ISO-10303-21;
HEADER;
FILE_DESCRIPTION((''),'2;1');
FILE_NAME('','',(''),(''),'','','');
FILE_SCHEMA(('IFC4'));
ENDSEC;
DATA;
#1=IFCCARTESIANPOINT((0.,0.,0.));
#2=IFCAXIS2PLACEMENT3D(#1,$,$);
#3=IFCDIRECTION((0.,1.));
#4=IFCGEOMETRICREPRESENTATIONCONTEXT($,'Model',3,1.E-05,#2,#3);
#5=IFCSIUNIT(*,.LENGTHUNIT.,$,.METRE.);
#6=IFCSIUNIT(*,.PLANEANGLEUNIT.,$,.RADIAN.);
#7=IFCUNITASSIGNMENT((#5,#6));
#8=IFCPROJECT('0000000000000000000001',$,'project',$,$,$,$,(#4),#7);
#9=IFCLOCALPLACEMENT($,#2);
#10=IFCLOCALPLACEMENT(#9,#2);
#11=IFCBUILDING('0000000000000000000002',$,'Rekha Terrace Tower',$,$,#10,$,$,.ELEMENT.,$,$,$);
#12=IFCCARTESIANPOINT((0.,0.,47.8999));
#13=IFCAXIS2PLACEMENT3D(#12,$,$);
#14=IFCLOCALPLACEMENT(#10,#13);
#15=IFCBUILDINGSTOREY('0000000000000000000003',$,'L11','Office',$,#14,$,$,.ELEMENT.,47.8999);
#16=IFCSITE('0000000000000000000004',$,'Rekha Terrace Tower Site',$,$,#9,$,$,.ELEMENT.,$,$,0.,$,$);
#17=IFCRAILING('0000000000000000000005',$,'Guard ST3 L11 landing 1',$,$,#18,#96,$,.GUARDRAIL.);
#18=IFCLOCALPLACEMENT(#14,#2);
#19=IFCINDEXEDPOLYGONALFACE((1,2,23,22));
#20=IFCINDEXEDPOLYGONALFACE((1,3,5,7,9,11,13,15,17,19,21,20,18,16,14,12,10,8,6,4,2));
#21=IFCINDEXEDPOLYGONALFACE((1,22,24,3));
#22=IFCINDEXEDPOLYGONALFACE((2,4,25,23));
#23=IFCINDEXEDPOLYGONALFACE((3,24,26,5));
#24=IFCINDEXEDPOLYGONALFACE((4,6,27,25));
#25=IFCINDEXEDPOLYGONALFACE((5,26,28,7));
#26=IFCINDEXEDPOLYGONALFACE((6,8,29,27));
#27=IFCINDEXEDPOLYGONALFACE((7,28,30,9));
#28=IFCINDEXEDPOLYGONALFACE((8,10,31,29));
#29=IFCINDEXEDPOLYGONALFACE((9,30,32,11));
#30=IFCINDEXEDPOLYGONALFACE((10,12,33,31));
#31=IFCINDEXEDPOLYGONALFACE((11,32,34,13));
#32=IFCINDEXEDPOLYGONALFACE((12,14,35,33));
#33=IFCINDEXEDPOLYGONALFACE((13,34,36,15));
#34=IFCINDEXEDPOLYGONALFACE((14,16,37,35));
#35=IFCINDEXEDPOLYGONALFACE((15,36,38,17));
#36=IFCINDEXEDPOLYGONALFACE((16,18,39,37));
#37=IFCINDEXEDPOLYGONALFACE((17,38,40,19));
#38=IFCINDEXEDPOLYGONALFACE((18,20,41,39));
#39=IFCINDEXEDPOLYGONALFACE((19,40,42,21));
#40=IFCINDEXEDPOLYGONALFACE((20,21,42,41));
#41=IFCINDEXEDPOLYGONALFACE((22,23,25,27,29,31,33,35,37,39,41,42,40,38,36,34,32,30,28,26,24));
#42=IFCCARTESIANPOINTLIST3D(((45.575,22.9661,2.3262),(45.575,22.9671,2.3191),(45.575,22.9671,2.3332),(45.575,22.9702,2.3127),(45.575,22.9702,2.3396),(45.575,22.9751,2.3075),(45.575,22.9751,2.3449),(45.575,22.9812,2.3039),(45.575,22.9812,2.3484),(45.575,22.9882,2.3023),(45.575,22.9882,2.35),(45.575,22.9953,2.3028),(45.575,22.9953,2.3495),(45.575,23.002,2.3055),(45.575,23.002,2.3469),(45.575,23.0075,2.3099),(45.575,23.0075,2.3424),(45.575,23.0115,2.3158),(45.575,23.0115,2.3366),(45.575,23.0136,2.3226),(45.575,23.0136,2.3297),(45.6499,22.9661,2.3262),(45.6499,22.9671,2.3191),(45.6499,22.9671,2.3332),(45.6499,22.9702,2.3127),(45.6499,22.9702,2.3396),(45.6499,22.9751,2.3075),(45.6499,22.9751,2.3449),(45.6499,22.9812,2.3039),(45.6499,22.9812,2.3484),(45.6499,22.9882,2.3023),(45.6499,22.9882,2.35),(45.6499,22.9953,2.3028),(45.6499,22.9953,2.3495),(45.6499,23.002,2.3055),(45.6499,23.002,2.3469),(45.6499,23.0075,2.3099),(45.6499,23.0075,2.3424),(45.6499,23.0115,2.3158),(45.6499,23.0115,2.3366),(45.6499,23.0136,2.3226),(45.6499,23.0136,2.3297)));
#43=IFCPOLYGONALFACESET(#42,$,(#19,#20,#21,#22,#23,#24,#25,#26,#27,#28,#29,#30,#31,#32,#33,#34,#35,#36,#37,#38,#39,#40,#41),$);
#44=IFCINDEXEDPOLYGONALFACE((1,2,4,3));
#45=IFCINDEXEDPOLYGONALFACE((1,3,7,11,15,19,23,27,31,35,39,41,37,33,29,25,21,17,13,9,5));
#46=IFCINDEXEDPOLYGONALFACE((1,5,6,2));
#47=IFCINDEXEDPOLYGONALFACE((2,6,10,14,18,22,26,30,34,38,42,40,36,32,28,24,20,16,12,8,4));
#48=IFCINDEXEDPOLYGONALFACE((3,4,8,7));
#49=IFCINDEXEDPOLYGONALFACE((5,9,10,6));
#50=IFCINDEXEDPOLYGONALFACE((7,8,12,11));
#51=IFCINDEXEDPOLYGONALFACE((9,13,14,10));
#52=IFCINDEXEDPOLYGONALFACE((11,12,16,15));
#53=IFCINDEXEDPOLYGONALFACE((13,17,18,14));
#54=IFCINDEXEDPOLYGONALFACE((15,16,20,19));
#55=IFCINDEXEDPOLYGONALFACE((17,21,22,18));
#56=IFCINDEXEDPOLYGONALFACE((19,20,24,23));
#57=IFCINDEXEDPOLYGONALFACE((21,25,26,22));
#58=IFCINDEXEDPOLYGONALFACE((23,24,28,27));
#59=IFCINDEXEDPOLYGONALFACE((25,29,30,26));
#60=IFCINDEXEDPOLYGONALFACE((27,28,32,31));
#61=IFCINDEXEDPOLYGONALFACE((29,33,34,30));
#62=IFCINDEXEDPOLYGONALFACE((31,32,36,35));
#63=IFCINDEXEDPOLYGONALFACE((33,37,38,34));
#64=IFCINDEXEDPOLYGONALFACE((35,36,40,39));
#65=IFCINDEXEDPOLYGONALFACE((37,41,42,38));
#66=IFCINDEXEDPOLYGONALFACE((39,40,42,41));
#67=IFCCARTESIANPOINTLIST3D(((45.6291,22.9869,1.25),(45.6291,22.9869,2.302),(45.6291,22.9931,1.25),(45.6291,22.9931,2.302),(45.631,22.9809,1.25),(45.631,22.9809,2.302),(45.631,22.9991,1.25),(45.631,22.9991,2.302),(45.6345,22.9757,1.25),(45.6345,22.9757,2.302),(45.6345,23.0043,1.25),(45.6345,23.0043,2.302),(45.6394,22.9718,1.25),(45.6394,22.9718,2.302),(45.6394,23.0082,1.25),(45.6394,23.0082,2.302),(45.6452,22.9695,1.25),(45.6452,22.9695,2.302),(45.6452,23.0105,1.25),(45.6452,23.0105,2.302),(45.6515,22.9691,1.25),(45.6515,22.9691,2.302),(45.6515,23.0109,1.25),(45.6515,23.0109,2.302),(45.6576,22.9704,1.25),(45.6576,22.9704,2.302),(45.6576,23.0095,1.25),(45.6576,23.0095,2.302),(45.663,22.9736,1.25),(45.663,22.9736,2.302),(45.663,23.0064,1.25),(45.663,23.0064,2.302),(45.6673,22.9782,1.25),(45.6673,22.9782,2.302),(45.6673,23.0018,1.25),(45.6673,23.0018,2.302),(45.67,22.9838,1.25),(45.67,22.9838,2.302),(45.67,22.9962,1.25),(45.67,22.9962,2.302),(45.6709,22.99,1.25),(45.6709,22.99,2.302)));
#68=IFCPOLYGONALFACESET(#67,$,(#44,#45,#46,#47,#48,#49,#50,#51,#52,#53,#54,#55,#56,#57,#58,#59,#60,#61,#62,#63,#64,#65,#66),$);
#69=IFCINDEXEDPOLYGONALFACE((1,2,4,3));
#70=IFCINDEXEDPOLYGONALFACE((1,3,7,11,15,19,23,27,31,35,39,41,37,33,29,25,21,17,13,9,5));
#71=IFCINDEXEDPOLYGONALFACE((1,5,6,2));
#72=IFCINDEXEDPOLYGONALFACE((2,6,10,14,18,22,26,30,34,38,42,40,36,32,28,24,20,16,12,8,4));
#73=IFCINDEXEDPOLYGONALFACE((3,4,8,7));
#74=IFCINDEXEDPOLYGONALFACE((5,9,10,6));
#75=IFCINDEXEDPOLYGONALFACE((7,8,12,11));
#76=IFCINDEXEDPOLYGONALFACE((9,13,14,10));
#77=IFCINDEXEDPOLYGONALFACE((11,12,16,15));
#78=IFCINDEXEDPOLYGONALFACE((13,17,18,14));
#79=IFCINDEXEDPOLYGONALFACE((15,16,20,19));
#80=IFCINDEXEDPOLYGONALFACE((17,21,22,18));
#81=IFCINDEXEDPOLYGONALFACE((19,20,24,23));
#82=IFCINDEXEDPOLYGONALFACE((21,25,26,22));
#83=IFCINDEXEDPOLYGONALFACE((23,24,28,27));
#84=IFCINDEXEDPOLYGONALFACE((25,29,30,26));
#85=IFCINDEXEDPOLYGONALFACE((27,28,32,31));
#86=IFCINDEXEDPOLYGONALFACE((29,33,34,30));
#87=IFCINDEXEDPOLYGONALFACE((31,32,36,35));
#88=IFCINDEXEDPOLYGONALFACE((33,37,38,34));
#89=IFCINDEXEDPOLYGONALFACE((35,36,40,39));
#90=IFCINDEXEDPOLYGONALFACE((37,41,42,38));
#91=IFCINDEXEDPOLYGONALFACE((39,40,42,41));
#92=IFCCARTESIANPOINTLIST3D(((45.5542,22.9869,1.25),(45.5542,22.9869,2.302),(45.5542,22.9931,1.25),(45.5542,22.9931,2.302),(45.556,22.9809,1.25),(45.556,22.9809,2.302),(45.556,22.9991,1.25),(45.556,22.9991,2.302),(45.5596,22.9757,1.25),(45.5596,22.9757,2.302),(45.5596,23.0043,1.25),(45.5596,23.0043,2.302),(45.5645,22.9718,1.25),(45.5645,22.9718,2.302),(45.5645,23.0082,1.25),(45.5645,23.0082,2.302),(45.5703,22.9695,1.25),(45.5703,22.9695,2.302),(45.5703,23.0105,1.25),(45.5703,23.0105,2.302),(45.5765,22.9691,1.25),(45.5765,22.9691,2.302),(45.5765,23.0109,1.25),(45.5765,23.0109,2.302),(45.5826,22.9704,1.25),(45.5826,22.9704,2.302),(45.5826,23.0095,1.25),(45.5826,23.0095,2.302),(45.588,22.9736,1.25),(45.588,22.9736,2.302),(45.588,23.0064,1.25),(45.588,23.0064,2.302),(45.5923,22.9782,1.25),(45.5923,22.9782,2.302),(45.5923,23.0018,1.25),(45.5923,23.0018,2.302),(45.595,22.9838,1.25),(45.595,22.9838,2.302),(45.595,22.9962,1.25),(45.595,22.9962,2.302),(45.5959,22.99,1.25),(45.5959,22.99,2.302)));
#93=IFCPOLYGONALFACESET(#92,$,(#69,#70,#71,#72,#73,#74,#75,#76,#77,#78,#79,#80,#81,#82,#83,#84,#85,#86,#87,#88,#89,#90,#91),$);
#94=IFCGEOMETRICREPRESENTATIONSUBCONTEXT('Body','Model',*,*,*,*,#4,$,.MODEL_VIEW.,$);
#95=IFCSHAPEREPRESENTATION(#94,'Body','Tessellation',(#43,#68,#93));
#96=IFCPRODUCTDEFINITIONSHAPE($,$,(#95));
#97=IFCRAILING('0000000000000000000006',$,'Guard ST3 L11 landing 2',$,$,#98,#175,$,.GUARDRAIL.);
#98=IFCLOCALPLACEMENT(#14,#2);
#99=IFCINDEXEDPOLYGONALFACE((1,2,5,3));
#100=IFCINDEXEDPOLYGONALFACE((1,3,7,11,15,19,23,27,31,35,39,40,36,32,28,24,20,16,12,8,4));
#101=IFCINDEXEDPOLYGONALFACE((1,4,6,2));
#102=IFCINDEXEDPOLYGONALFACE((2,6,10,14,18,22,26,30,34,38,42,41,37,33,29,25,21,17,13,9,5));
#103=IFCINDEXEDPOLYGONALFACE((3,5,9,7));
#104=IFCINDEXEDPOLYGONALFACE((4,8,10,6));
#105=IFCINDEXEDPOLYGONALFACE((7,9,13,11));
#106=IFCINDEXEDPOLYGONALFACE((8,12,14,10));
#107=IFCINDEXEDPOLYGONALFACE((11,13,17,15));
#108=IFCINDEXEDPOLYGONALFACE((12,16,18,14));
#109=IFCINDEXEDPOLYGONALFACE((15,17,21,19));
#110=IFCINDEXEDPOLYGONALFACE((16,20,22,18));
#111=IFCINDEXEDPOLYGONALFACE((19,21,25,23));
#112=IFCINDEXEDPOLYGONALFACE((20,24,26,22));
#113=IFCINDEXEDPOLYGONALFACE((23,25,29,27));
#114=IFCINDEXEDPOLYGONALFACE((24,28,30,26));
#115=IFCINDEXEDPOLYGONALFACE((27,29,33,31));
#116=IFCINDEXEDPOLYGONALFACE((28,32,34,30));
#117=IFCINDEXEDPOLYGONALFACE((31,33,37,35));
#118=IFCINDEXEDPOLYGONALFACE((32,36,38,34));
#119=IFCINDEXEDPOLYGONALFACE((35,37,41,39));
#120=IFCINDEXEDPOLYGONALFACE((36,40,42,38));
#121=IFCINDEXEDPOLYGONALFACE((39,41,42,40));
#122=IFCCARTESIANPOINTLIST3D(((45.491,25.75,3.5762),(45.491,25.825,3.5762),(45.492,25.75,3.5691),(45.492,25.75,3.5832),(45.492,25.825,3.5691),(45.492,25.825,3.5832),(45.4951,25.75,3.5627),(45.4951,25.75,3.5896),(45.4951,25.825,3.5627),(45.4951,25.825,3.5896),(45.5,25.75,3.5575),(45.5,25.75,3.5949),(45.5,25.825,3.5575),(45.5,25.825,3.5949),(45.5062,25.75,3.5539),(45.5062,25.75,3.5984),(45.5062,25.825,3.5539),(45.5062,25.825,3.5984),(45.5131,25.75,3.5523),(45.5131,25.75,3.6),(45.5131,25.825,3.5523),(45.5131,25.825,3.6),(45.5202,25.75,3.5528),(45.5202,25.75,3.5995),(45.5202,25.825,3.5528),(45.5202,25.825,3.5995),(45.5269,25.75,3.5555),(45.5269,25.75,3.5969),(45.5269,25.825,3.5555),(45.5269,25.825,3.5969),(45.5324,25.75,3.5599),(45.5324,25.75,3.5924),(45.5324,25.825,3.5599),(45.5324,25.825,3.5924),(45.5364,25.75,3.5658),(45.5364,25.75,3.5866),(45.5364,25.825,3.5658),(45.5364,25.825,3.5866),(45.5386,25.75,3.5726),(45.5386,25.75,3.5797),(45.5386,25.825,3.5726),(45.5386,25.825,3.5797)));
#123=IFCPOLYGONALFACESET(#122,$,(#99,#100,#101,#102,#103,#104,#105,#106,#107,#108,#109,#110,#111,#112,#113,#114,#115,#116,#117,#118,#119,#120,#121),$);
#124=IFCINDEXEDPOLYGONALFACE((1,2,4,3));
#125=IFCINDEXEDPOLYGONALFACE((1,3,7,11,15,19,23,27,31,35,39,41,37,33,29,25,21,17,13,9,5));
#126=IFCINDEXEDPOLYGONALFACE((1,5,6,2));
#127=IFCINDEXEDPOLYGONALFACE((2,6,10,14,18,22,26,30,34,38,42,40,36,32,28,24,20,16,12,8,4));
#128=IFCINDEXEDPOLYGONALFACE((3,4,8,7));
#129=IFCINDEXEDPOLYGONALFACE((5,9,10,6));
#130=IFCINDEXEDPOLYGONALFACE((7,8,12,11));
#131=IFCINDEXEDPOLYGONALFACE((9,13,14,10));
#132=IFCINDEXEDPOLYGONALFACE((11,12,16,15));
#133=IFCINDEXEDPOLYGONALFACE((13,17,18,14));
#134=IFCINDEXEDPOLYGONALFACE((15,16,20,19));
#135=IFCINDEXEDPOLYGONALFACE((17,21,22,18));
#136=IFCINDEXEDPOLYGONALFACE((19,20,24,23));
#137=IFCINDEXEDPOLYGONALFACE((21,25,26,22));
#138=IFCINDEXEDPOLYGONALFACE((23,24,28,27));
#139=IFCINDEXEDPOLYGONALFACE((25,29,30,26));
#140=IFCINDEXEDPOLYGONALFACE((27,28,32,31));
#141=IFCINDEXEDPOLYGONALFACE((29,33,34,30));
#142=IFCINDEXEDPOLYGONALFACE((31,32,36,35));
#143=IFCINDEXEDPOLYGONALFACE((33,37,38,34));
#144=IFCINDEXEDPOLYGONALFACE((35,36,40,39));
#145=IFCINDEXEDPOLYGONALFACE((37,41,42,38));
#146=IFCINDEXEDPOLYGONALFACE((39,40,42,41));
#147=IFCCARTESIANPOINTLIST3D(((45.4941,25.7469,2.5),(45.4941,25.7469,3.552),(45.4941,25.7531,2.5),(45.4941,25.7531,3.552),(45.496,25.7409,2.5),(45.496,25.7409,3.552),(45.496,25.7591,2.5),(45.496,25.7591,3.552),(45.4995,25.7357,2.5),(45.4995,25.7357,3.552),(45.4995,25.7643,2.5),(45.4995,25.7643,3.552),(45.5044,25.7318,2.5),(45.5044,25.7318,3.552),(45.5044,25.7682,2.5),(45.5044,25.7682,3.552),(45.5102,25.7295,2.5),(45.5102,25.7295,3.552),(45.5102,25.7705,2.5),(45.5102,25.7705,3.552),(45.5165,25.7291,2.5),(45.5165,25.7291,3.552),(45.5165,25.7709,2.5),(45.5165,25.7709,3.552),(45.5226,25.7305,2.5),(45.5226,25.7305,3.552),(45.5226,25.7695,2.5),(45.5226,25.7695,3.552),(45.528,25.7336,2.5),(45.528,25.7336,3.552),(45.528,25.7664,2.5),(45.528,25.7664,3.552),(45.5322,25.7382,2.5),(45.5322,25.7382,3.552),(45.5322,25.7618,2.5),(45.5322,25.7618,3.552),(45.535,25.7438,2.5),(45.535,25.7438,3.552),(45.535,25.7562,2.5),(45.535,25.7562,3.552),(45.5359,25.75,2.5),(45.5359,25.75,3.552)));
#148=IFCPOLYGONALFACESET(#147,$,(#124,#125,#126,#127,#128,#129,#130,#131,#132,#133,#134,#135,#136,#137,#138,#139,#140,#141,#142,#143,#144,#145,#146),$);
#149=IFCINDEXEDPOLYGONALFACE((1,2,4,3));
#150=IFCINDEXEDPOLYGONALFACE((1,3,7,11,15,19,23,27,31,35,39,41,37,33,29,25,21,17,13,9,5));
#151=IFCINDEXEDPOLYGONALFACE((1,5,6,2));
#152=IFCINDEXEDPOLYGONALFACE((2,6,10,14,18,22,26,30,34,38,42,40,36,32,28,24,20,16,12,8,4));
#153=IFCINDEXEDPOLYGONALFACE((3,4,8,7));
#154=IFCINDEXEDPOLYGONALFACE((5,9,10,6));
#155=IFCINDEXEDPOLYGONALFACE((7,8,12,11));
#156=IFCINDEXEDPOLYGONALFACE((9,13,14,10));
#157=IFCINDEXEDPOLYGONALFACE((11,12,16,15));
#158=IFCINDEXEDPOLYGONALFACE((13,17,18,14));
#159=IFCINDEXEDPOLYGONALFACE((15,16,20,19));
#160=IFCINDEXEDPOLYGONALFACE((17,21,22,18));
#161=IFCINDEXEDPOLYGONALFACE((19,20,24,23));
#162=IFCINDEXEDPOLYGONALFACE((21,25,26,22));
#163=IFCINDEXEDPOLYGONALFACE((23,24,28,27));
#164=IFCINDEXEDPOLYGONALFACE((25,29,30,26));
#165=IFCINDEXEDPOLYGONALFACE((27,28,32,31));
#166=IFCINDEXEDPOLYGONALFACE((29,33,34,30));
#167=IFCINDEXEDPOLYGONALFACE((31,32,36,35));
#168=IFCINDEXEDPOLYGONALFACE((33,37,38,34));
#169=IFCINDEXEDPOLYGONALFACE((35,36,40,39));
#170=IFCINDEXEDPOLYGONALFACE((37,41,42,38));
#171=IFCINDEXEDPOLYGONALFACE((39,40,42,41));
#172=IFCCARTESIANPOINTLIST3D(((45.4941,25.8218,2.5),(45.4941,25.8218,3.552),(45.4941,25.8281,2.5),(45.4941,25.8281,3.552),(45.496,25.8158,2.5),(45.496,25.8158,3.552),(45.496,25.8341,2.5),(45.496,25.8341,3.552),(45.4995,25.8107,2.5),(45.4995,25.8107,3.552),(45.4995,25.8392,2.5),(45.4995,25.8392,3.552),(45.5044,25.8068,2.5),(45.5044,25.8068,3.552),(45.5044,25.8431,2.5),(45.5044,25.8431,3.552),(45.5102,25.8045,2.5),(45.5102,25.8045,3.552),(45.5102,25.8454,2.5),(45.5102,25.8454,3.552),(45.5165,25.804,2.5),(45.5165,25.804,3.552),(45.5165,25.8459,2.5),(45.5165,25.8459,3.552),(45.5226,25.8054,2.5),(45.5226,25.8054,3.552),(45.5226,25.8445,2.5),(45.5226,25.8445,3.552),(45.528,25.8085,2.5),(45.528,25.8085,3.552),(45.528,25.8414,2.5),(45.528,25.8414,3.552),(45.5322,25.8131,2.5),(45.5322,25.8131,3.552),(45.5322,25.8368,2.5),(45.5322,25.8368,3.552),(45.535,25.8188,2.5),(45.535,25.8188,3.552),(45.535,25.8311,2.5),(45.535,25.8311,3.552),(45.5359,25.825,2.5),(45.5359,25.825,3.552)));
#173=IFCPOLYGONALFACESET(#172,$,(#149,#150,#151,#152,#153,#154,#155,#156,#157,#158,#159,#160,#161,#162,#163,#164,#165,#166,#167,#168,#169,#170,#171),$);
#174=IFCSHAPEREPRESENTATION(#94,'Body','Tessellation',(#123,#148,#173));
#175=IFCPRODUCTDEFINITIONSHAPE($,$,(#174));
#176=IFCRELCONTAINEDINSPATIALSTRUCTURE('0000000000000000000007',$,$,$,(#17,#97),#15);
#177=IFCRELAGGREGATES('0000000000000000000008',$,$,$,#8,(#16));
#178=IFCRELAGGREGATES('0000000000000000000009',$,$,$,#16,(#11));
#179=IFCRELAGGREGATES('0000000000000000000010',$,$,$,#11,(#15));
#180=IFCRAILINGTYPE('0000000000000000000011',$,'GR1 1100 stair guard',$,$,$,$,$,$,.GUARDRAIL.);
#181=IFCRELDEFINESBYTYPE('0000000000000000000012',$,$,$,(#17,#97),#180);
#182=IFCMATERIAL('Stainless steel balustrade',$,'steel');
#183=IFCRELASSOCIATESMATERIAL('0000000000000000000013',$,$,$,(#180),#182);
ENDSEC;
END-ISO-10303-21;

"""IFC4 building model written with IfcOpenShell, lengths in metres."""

from ifc_helpers import new_model, si_unit, direction, frame, origin, origin_2d, place, context, subcontext, project, spatial, circle, extrude, material, type_object, element, save


model = new_model("IFC4")

# Units and contexts
model_context = context("Model", 3, precision=1e-05, world=origin(), true_north=direction((0.0, 1.0)))
body_context = subcontext(model_context, "Body", "Model", "MODEL_VIEW")
ifc_project = project(units=[si_unit("LENGTHUNIT", "METRE"), si_unit("PLANEANGLEUNIT", "RADIAN")], contexts=[model_context])

# Site, building, storey
site_placement = place(None, origin())
site = spatial("IfcSite", under=ifc_project, at=site_placement, Name="Rekha Terrace Tower Site", CompositionType="ELEMENT", RefElevation=0.0)
building_placement = place(site_placement, origin())
building = spatial("IfcBuilding", under=site, at=building_placement, Name="Rekha Terrace Tower", CompositionType="ELEMENT")
storey_placement = place(building_placement, frame((0.0, 0.0, 47.8999)))
storey = spatial("IfcBuildingStorey", under=building, at=storey_placement, Name="L11", Description="Office", CompositionType="ELEMENT", Elevation=47.8999)

# Railings
ifc_material_1 = material(Name="Stainless steel balustrade", Category="steel")
railing_type_1 = type_object("IfcRailingType", Name="GR1 1100 stair guard", PredefinedType="GUARDRAIL", material=ifc_material_1)
railing_1_placement = place(storey_placement, frame((45.6499, 22.99, 1.25)))
element("IfcRailing", 1, at=railing_1_placement, inside=storey, type_object=railing_type_1, Name="Guard ST3 L11 landing 1", PredefinedType="GUARDRAIL", context=body_context, shape_type="SweptSolid", body=[
    extrude(circle(Radius=0.0239, at=origin_2d()), frame((0.0, 0.0, 1.0762), z_axis=(-1.0, 0.0, 0.0), x_axis=(0.0, -1.0, 0.0)), (0.0, 0.0, 1.0), 0.075),
    extrude(circle(Radius=0.021, at=origin_2d()), origin(), (0.0, 0.0, 1.0), 1.052),
    extrude(circle(Radius=0.021, at=origin_2d()), frame((-0.075, 0.0, 0.0)), (0.0, 0.0, 1.0), 1.052),
])
railing_2_placement = place(storey_placement, frame((45.5149, 25.75, 2.5)))
element("IfcRailing", 2, at=railing_2_placement, inside=storey, type_object=railing_type_1, Name="Guard ST3 L11 landing 2", PredefinedType="GUARDRAIL", context=body_context, shape_type="SweptSolid", body=[
    extrude(circle(Radius=0.0239, at=origin_2d()), frame((0.0, 0.0, 1.0762), z_axis=(0.0, 1.0, 0.0), x_axis=(-1.0, 0.0, 0.0)), (0.0, 0.0, 1.0), 0.075),
    extrude(circle(Radius=0.021, at=origin_2d()), origin(), (0.0, 0.0, 1.0), 1.052),
    extrude(circle(Radius=0.021, at=origin_2d()), frame((0.0, 0.075, 0.0)), (0.0, 0.0, 1.0), 1.052),
])

save(model, "model.ifc")
